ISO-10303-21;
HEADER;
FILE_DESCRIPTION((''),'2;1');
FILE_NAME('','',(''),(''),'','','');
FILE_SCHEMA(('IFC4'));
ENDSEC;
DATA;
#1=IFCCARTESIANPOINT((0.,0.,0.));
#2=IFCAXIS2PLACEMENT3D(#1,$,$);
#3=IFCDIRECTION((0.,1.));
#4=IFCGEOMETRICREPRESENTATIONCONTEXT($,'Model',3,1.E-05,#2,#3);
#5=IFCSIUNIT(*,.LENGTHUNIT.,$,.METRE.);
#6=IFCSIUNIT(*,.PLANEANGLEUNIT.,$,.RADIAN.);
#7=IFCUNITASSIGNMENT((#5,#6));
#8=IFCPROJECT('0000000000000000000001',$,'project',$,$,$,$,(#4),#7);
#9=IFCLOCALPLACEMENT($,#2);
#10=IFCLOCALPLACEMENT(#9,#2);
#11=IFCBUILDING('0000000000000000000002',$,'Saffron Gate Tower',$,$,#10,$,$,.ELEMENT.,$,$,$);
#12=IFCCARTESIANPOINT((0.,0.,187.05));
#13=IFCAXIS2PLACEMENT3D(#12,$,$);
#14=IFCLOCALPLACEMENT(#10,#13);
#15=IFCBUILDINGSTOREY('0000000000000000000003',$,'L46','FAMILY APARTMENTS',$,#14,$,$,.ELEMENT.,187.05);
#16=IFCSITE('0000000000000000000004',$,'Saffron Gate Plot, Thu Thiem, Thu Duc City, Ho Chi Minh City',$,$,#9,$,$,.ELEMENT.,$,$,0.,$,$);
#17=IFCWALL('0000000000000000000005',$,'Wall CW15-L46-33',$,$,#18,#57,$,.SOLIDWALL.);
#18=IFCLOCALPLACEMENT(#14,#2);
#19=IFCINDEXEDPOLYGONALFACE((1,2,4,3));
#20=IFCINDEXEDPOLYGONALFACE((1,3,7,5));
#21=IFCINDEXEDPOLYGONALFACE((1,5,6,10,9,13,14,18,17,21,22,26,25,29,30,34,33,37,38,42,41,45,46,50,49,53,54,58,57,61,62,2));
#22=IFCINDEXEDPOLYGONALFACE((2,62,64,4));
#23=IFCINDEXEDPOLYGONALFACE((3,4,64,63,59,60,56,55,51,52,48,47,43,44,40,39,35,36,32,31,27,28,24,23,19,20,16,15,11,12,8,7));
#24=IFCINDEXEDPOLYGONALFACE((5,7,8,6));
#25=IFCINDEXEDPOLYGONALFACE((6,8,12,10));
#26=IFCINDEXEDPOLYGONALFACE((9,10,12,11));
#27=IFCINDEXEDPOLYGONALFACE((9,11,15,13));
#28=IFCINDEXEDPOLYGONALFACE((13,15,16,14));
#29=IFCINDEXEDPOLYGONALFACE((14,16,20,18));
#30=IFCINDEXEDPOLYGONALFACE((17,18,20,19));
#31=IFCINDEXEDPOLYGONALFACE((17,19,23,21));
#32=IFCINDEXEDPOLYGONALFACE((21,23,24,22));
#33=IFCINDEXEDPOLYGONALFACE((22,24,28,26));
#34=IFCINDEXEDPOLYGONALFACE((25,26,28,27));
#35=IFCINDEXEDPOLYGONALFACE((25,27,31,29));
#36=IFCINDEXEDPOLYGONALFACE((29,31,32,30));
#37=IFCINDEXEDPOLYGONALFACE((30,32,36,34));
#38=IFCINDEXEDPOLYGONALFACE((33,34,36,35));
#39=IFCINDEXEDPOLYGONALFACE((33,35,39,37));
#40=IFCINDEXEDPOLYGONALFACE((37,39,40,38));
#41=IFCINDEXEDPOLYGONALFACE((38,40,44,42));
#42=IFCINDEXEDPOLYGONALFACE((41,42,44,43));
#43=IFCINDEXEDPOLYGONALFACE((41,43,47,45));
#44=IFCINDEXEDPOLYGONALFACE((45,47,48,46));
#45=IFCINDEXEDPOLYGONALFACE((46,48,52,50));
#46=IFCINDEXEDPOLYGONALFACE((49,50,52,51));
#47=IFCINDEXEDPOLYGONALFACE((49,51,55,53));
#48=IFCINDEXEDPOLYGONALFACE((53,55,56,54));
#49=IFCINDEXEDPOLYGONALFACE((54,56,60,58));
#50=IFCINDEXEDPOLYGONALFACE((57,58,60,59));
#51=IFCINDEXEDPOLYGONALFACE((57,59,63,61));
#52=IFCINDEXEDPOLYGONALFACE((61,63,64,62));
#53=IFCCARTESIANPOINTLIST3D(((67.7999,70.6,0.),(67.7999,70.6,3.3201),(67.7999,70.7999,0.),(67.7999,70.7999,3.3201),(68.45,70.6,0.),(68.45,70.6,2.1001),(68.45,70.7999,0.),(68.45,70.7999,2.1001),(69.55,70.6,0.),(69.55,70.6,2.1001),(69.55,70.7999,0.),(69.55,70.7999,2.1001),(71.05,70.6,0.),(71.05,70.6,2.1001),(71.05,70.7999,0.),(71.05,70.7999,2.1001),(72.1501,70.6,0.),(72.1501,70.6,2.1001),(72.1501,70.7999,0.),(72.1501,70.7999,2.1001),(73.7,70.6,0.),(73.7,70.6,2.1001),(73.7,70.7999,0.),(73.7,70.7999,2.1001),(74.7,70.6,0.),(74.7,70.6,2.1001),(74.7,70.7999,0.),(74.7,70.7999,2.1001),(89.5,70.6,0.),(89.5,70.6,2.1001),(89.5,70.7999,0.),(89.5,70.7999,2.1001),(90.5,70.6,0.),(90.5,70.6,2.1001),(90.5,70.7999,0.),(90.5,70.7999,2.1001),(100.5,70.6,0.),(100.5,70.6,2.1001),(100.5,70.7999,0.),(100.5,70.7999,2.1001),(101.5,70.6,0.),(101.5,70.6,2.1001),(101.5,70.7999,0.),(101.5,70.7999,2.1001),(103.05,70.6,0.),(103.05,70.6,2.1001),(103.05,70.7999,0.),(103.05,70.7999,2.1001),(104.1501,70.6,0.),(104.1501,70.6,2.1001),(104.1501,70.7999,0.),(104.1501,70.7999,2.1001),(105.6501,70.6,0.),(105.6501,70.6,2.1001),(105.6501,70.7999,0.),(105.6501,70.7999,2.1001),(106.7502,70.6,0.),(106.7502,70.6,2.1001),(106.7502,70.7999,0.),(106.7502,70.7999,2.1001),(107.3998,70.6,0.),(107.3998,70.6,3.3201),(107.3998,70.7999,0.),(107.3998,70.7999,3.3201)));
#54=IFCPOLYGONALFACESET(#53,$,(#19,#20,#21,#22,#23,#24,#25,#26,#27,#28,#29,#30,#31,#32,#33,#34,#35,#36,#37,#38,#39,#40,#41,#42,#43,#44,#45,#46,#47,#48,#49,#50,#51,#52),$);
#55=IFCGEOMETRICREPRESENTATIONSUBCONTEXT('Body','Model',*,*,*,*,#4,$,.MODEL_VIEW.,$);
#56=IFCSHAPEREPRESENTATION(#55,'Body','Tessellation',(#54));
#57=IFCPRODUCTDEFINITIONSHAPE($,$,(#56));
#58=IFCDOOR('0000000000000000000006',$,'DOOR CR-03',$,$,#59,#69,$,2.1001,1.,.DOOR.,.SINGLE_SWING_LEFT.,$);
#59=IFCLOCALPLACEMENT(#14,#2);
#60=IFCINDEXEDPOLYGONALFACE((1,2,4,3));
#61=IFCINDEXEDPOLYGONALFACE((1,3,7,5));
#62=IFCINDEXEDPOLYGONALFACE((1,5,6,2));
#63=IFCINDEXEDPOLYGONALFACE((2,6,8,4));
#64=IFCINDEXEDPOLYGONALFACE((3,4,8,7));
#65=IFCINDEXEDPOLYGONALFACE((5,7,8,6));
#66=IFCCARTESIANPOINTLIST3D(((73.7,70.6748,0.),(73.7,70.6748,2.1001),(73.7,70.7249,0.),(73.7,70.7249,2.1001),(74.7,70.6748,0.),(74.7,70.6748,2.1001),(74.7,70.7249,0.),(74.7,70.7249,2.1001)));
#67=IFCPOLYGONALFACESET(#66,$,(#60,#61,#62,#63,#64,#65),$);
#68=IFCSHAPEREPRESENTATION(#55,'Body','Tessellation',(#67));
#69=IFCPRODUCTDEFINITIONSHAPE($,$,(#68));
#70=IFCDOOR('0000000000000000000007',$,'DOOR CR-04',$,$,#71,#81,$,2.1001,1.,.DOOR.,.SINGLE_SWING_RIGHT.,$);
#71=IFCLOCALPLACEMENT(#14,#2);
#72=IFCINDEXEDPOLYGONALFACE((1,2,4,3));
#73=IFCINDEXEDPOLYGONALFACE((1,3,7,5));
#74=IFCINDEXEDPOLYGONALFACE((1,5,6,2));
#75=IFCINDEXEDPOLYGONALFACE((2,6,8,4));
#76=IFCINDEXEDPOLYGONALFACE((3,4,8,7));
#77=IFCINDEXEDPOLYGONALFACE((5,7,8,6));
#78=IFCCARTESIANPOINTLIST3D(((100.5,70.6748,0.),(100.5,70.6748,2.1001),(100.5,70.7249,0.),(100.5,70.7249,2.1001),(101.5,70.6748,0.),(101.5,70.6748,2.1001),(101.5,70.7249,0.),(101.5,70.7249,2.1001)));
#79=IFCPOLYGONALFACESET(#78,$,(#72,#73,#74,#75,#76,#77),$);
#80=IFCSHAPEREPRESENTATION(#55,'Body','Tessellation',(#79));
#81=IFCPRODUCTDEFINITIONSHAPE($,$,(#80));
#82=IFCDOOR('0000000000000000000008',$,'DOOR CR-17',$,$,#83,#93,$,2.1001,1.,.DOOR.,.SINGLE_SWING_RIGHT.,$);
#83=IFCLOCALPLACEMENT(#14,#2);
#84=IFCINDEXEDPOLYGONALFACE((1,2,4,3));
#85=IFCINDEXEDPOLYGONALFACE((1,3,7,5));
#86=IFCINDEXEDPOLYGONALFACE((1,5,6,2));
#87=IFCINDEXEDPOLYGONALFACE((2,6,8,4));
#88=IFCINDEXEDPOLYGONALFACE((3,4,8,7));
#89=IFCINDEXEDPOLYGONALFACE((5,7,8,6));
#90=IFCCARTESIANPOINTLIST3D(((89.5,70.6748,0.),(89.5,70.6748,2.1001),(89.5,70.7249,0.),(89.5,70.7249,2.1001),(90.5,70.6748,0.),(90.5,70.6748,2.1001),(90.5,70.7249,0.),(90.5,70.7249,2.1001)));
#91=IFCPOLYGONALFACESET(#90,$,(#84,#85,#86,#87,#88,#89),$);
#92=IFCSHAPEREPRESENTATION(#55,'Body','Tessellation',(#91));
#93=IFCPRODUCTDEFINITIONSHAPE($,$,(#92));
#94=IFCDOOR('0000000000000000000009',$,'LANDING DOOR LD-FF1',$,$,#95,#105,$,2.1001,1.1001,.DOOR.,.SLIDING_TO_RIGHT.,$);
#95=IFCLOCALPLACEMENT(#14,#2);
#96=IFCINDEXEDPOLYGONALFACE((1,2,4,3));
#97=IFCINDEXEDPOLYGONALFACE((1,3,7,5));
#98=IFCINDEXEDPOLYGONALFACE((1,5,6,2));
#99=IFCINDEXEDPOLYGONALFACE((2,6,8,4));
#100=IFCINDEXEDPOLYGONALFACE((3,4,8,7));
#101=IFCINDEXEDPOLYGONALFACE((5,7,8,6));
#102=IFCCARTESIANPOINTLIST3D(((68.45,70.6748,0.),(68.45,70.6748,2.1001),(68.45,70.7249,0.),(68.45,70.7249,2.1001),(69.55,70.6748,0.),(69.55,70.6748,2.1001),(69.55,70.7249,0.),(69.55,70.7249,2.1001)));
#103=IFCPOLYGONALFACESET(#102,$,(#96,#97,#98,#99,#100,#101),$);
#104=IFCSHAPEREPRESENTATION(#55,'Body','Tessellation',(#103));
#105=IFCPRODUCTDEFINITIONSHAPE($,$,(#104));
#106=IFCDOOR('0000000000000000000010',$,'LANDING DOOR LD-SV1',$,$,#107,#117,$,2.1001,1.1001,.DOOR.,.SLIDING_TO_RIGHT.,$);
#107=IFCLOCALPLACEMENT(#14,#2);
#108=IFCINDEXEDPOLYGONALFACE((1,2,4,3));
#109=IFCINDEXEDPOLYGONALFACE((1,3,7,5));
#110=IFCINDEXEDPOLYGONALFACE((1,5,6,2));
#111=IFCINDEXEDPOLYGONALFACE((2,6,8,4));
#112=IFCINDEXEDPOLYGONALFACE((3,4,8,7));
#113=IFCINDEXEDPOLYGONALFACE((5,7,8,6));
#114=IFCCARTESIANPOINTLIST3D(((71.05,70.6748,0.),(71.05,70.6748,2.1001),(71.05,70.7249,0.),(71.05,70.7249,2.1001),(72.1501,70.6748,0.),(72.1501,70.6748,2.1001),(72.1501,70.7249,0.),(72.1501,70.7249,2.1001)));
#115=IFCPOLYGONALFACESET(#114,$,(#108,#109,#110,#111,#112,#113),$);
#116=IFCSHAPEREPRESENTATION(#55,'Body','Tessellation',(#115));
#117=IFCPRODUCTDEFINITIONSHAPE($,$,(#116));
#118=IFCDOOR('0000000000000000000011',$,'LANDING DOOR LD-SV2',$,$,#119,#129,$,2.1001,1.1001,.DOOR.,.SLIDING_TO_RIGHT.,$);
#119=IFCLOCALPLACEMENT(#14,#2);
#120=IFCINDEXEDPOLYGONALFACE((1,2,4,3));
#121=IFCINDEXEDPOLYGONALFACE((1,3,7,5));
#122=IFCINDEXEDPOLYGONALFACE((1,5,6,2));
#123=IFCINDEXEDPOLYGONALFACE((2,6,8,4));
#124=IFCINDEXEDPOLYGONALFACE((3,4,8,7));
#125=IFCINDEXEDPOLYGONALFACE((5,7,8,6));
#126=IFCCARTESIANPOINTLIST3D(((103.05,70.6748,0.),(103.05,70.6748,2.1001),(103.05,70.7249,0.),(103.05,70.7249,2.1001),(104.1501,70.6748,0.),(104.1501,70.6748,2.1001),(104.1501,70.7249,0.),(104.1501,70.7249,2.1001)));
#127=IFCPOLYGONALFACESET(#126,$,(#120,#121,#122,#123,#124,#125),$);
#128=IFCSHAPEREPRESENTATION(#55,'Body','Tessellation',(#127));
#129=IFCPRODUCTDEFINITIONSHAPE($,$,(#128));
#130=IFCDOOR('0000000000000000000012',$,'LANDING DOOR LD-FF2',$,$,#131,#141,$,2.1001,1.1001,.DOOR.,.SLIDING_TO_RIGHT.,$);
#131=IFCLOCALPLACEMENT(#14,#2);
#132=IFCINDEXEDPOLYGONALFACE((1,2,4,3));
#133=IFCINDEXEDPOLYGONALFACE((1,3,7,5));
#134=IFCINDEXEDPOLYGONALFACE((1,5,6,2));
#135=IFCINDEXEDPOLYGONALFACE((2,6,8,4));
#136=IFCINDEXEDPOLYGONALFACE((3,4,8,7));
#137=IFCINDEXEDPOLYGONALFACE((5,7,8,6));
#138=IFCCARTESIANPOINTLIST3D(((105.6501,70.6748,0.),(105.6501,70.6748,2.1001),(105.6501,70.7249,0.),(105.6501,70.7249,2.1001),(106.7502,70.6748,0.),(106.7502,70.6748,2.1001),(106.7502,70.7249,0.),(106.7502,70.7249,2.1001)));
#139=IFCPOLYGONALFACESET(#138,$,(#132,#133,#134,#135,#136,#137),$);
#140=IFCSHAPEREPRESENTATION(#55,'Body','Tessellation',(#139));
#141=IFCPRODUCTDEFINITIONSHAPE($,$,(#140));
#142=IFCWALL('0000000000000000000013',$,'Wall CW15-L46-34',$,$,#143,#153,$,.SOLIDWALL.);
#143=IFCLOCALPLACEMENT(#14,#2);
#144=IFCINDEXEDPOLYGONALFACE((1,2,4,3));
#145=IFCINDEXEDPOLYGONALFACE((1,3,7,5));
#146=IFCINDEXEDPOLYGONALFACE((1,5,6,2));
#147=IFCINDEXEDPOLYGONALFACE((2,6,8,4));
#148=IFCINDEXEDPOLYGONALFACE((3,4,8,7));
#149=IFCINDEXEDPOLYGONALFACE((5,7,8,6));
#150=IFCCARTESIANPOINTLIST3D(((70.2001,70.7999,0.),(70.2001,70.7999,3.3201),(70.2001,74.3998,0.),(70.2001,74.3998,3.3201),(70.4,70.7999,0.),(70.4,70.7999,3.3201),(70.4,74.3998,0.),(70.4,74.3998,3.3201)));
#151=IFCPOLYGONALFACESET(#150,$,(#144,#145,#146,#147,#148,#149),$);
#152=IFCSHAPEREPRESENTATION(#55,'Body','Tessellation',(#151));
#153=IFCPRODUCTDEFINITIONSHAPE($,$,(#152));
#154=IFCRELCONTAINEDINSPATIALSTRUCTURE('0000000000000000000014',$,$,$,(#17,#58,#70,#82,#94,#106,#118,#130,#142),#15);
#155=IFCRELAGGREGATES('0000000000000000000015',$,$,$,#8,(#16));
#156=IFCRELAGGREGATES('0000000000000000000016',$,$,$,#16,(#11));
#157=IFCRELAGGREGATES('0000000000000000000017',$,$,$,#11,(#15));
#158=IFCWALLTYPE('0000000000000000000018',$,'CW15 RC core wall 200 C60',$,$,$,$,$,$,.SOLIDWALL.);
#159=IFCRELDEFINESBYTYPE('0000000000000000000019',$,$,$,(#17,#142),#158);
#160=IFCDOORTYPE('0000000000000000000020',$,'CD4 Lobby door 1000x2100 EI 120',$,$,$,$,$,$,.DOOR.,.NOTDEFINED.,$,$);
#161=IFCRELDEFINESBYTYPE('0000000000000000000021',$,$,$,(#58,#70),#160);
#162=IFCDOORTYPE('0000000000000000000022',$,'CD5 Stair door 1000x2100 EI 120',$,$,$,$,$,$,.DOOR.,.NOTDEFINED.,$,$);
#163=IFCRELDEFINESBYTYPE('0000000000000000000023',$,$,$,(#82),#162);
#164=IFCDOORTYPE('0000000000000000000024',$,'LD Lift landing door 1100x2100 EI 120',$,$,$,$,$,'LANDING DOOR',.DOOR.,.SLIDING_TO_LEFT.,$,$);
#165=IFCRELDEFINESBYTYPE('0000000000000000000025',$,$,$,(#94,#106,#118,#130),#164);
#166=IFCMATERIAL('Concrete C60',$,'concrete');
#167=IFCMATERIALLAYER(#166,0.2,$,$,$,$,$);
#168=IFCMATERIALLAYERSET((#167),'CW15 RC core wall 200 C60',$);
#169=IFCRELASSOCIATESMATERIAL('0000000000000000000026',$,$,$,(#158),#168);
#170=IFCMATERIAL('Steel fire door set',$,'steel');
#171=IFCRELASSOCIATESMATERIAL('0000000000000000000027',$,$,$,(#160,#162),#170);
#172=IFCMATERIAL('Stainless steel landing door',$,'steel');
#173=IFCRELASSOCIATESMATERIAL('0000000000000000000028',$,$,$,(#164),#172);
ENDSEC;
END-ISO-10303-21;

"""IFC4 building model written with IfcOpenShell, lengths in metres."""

from ifc_helpers import new_model, si_unit, direction, frame, frame_2d, origin, place, context, subcontext, project, spatial, rectangle, extrude, material, layer, layer_set, type_object, element, fill, save


model = new_model("IFC4")

# Units and contexts
model_context = context("Model", 3, precision=1e-05, world=origin(), true_north=direction((0.0, 1.0)))
body_context = subcontext(model_context, "Body", "Model", "MODEL_VIEW")
ifc_project = project(units=[si_unit("LENGTHUNIT", "METRE"), si_unit("PLANEANGLEUNIT", "RADIAN")], contexts=[model_context])

# Site, building, storey
site_placement = place(None, origin())
site = spatial("IfcSite", under=ifc_project, at=site_placement, Name="Saffron Gate Plot, Thu Thiem, Thu Duc City, Ho Chi Minh City", CompositionType="ELEMENT", RefElevation=0.0)
building_placement = place(site_placement, origin())
building = spatial("IfcBuilding", under=site, at=building_placement, Name="Saffron Gate Tower", CompositionType="ELEMENT")
storey_placement = place(building_placement, frame((0.0, 0.0, 187.05)))
storey = spatial("IfcBuildingStorey", under=building, at=storey_placement, Name="L46", Description="FAMILY APARTMENTS", CompositionType="ELEMENT", Elevation=187.05)

# Shared definitions
ifc_material_1 = material(Name="Concrete C60", Category="concrete")

# Wall, openings, doors
ifc_layer_1 = layer(ifc_material_1, 0.2)
ifc_layer_set_1 = layer_set([ifc_layer_1], Name="CW15 RC core wall 200 C60")
wall_type_1 = type_object("IfcWallType", Name="CW15 RC core wall 200 C60", PredefinedType="SOLIDWALL", material=ifc_layer_set_1)
wall_1_placement = place(storey_placement, frame((67.8, 70.7, 0.0), z_axis=(0.0, 0.0, 1.0), x_axis=(1.0, 0.0, 0.0)))
wall_1 = element("IfcWall", 1, at=wall_1_placement, inside=storey, type_object=wall_type_1, Name="Wall CW15-L46-33", PredefinedType="SOLIDWALL", context=body_context, shape_type="SweptSolid", body=[
    extrude(rectangle(XDim=39.5999, YDim=0.2, at=frame_2d((19.7998, 0.0))), origin(), (0.0, 0.0, 1.0), 3.3201),
])
opening_1_placement = place(wall_1_placement, frame((0.6499, 0.0, 0.0)))
opening_1 = element("IfcOpeningElement", 2, at=opening_1_placement, cuts=wall_1, PredefinedType="OPENING", context=body_context, shape_type="SweptSolid", body=[
    extrude(rectangle(XDim=1.1001, YDim=2.1001, at=frame_2d((0.55, 1.05))), frame((0.0, 0.1099, 0.0), z_axis=(0.0, -1.0, 0.0), x_axis=(1.0, 0.0, 0.0)), (0.0, 0.0, 1.0), 0.22),
])
opening_2_placement = place(wall_1_placement, frame((3.25, 0.0, 0.0)))
opening_2 = element("IfcOpeningElement", 3, at=opening_2_placement, cuts=wall_1, PredefinedType="OPENING", context=body_context, shape_type="SweptSolid", body=[
    extrude(rectangle(XDim=1.1001, YDim=2.1001, at=frame_2d((0.55, 1.05))), frame((0.0, 0.1099, 0.0), z_axis=(0.0, -1.0, 0.0), x_axis=(1.0, 0.0, 0.0)), (0.0, 0.0, 1.0), 0.22),
])
opening_3_placement = place(wall_1_placement, frame((5.8999, 0.0, 0.0)))
opening_3 = element("IfcOpeningElement", 4, at=opening_3_placement, cuts=wall_1, PredefinedType="OPENING", context=body_context, shape_type="SweptSolid", body=[
    extrude(rectangle(XDim=1.0, YDim=2.1001, at=frame_2d((0.5, 1.05))), frame((0.0, 0.1099, 0.0), z_axis=(0.0, -1.0, 0.0), x_axis=(1.0, 0.0, 0.0)), (0.0, 0.0, 1.0), 0.22),
])
opening_4_placement = place(wall_1_placement, frame((21.7, 0.0, 0.0)))
opening_4 = element("IfcOpeningElement", 5, at=opening_4_placement, cuts=wall_1, PredefinedType="OPENING", context=body_context, shape_type="SweptSolid", body=[
    extrude(rectangle(XDim=1.0, YDim=2.1001, at=frame_2d((0.5, 1.05))), frame((0.0, 0.1099, 0.0), z_axis=(0.0, -1.0, 0.0), x_axis=(1.0, 0.0, 0.0)), (0.0, 0.0, 1.0), 0.22),
])
opening_5_placement = place(wall_1_placement, frame((32.7, 0.0, 0.0)))
opening_5 = element("IfcOpeningElement", 6, at=opening_5_placement, cuts=wall_1, PredefinedType="OPENING", context=body_context, shape_type="SweptSolid", body=[
    extrude(rectangle(XDim=1.0, YDim=2.1001, at=frame_2d((0.5, 1.05))), frame((0.0, 0.1099, 0.0), z_axis=(0.0, -1.0, 0.0), x_axis=(1.0, 0.0, 0.0)), (0.0, 0.0, 1.0), 0.22),
])
opening_6_placement = place(wall_1_placement, frame((35.25, 0.0, 0.0)))
opening_6 = element("IfcOpeningElement", 7, at=opening_6_placement, cuts=wall_1, PredefinedType="OPENING", context=body_context, shape_type="SweptSolid", body=[
    extrude(rectangle(XDim=1.1001, YDim=2.1001, at=frame_2d((0.55, 1.05))), frame((0.0, 0.1099, 0.0), z_axis=(0.0, -1.0, 0.0), x_axis=(1.0, 0.0, 0.0)), (0.0, 0.0, 1.0), 0.22),
])
opening_7_placement = place(wall_1_placement, frame((37.8501, 0.0, 0.0)))
opening_7 = element("IfcOpeningElement", 8, at=opening_7_placement, cuts=wall_1, PredefinedType="OPENING", context=body_context, shape_type="SweptSolid", body=[
    extrude(rectangle(XDim=1.1001, YDim=2.1001, at=frame_2d((0.55, 1.05))), frame((0.0, 0.1099, 0.0), z_axis=(0.0, -1.0, 0.0), x_axis=(1.0, 0.0, 0.0)), (0.0, 0.0, 1.0), 0.22),
])
ifc_material_2 = material(Name="Steel fire door set", Category="steel")
door_type_1 = type_object("IfcDoorType", Name="CD4 Lobby door 1000x2100 EI 120", OperationType="NOTDEFINED", PredefinedType="DOOR", material=ifc_material_2)
door_1_placement = place(opening_3_placement, origin())
door_1 = element("IfcDoor", 9, at=door_1_placement, inside=storey, type_object=door_type_1, Name="DOOR CR-03", OperationType="SINGLE_SWING_LEFT", OverallHeight=2.1001, OverallWidth=1.0, PredefinedType="DOOR", context=body_context, shape_type="SweptSolid", body=[
    extrude(rectangle(XDim=1.0, YDim=2.1001, at=frame_2d((0.5, 1.05))), frame((0.0, 0.0249, 0.0), z_axis=(0.0, -1.0, 0.0), x_axis=(1.0, 0.0, 0.0)), (0.0, 0.0, 1.0), 0.05),
])
fill(opening_3, door_1)
door_2_placement = place(opening_5_placement, origin())
door_2 = element("IfcDoor", 10, at=door_2_placement, inside=storey, type_object=door_type_1, Name="DOOR CR-04", OperationType="SINGLE_SWING_RIGHT", OverallHeight=2.1001, OverallWidth=1.0, PredefinedType="DOOR", context=body_context, shape_type="SweptSolid", body=[
    extrude(rectangle(XDim=1.0, YDim=2.1001, at=frame_2d((0.5, 1.05))), frame((0.0, 0.0249, 0.0), z_axis=(0.0, -1.0, 0.0), x_axis=(1.0, 0.0, 0.0)), (0.0, 0.0, 1.0), 0.05),
])
fill(opening_5, door_2)
door_type_2 = type_object("IfcDoorType", Name="CD5 Stair door 1000x2100 EI 120", OperationType="NOTDEFINED", PredefinedType="DOOR", material=ifc_material_2)
door_3_placement = place(opening_4_placement, origin())
door_3 = element("IfcDoor", 11, at=door_3_placement, inside=storey, type_object=door_type_2, Name="DOOR CR-17", OperationType="SINGLE_SWING_RIGHT", OverallHeight=2.1001, OverallWidth=1.0, PredefinedType="DOOR", context=body_context, shape_type="SweptSolid", body=[
    extrude(rectangle(XDim=1.0, YDim=2.1001, at=frame_2d((0.5, 1.05))), frame((0.0, 0.0249, 0.0), z_axis=(0.0, -1.0, 0.0), x_axis=(1.0, 0.0, 0.0)), (0.0, 0.0, 1.0), 0.05),
])
fill(opening_4, door_3)
ifc_material_3 = material(Name="Stainless steel landing door", Category="steel")
door_type_3 = type_object("IfcDoorType", Name="LD Lift landing door 1100x2100 EI 120", ElementType="LANDING DOOR", OperationType="SLIDING_TO_LEFT", PredefinedType="DOOR", material=ifc_material_3)
door_4_placement = place(opening_1_placement, origin())
door_4 = element("IfcDoor", 12, at=door_4_placement, inside=storey, type_object=door_type_3, Name="LANDING DOOR LD-FF1", OperationType="SLIDING_TO_RIGHT", OverallHeight=2.1001, OverallWidth=1.1001, PredefinedType="DOOR", context=body_context, shape_type="SweptSolid", body=[
    extrude(rectangle(XDim=1.1001, YDim=2.1001, at=frame_2d((0.55, 1.05))), frame((0.0, 0.0249, 0.0), z_axis=(0.0, -1.0, 0.0), x_axis=(1.0, 0.0, 0.0)), (0.0, 0.0, 1.0), 0.05),
])
fill(opening_1, door_4)
door_5_placement = place(opening_2_placement, origin())
door_5 = element("IfcDoor", 13, at=door_5_placement, inside=storey, type_object=door_type_3, Name="LANDING DOOR LD-SV1", OperationType="SLIDING_TO_RIGHT", OverallHeight=2.1001, OverallWidth=1.1001, PredefinedType="DOOR", context=body_context, shape_type="SweptSolid", body=[
    extrude(rectangle(XDim=1.1001, YDim=2.1001, at=frame_2d((0.55, 1.05))), frame((0.0, 0.0249, 0.0), z_axis=(0.0, -1.0, 0.0), x_axis=(1.0, 0.0, 0.0)), (0.0, 0.0, 1.0), 0.05),
])
fill(opening_2, door_5)
door_6_placement = place(opening_6_placement, origin())
door_6 = element("IfcDoor", 14, at=door_6_placement, inside=storey, type_object=door_type_3, Name="LANDING DOOR LD-SV2", OperationType="SLIDING_TO_RIGHT", OverallHeight=2.1001, OverallWidth=1.1001, PredefinedType="DOOR", context=body_context, shape_type="SweptSolid", body=[
    extrude(rectangle(XDim=1.1001, YDim=2.1001, at=frame_2d((0.55, 1.05))), frame((0.0, 0.0249, 0.0), z_axis=(0.0, -1.0, 0.0), x_axis=(1.0, 0.0, 0.0)), (0.0, 0.0, 1.0), 0.05),
])
fill(opening_6, door_6)
door_7_placement = place(opening_7_placement, origin())
door_7 = element("IfcDoor", 15, at=door_7_placement, inside=storey, type_object=door_type_3, Name="LANDING DOOR LD-FF2", OperationType="SLIDING_TO_RIGHT", OverallHeight=2.1001, OverallWidth=1.1001, PredefinedType="DOOR", context=body_context, shape_type="SweptSolid", body=[
    extrude(rectangle(XDim=1.1001, YDim=2.1001, at=frame_2d((0.55, 1.05))), frame((0.0, 0.0249, 0.0), z_axis=(0.0, -1.0, 0.0), x_axis=(1.0, 0.0, 0.0)), (0.0, 0.0, 1.0), 0.05),
])
fill(opening_7, door_7)

# Wall
wall_2_placement = place(storey_placement, frame((70.3, 70.8, 0.0), z_axis=(0.0, 0.0, 1.0), x_axis=(0.0, 1.0, 0.0)))
element("IfcWall", 16, at=wall_2_placement, inside=storey, type_object=wall_type_1, Name="Wall CW15-L46-34", PredefinedType="SOLIDWALL", context=body_context, shape_type="SweptSolid", body=[
    extrude(rectangle(XDim=3.5999, YDim=0.2, at=frame_2d((1.7998, 0.0))), origin(), (0.0, 0.0, 1.0), 3.3201),
])

save(model, "model.ifc")
